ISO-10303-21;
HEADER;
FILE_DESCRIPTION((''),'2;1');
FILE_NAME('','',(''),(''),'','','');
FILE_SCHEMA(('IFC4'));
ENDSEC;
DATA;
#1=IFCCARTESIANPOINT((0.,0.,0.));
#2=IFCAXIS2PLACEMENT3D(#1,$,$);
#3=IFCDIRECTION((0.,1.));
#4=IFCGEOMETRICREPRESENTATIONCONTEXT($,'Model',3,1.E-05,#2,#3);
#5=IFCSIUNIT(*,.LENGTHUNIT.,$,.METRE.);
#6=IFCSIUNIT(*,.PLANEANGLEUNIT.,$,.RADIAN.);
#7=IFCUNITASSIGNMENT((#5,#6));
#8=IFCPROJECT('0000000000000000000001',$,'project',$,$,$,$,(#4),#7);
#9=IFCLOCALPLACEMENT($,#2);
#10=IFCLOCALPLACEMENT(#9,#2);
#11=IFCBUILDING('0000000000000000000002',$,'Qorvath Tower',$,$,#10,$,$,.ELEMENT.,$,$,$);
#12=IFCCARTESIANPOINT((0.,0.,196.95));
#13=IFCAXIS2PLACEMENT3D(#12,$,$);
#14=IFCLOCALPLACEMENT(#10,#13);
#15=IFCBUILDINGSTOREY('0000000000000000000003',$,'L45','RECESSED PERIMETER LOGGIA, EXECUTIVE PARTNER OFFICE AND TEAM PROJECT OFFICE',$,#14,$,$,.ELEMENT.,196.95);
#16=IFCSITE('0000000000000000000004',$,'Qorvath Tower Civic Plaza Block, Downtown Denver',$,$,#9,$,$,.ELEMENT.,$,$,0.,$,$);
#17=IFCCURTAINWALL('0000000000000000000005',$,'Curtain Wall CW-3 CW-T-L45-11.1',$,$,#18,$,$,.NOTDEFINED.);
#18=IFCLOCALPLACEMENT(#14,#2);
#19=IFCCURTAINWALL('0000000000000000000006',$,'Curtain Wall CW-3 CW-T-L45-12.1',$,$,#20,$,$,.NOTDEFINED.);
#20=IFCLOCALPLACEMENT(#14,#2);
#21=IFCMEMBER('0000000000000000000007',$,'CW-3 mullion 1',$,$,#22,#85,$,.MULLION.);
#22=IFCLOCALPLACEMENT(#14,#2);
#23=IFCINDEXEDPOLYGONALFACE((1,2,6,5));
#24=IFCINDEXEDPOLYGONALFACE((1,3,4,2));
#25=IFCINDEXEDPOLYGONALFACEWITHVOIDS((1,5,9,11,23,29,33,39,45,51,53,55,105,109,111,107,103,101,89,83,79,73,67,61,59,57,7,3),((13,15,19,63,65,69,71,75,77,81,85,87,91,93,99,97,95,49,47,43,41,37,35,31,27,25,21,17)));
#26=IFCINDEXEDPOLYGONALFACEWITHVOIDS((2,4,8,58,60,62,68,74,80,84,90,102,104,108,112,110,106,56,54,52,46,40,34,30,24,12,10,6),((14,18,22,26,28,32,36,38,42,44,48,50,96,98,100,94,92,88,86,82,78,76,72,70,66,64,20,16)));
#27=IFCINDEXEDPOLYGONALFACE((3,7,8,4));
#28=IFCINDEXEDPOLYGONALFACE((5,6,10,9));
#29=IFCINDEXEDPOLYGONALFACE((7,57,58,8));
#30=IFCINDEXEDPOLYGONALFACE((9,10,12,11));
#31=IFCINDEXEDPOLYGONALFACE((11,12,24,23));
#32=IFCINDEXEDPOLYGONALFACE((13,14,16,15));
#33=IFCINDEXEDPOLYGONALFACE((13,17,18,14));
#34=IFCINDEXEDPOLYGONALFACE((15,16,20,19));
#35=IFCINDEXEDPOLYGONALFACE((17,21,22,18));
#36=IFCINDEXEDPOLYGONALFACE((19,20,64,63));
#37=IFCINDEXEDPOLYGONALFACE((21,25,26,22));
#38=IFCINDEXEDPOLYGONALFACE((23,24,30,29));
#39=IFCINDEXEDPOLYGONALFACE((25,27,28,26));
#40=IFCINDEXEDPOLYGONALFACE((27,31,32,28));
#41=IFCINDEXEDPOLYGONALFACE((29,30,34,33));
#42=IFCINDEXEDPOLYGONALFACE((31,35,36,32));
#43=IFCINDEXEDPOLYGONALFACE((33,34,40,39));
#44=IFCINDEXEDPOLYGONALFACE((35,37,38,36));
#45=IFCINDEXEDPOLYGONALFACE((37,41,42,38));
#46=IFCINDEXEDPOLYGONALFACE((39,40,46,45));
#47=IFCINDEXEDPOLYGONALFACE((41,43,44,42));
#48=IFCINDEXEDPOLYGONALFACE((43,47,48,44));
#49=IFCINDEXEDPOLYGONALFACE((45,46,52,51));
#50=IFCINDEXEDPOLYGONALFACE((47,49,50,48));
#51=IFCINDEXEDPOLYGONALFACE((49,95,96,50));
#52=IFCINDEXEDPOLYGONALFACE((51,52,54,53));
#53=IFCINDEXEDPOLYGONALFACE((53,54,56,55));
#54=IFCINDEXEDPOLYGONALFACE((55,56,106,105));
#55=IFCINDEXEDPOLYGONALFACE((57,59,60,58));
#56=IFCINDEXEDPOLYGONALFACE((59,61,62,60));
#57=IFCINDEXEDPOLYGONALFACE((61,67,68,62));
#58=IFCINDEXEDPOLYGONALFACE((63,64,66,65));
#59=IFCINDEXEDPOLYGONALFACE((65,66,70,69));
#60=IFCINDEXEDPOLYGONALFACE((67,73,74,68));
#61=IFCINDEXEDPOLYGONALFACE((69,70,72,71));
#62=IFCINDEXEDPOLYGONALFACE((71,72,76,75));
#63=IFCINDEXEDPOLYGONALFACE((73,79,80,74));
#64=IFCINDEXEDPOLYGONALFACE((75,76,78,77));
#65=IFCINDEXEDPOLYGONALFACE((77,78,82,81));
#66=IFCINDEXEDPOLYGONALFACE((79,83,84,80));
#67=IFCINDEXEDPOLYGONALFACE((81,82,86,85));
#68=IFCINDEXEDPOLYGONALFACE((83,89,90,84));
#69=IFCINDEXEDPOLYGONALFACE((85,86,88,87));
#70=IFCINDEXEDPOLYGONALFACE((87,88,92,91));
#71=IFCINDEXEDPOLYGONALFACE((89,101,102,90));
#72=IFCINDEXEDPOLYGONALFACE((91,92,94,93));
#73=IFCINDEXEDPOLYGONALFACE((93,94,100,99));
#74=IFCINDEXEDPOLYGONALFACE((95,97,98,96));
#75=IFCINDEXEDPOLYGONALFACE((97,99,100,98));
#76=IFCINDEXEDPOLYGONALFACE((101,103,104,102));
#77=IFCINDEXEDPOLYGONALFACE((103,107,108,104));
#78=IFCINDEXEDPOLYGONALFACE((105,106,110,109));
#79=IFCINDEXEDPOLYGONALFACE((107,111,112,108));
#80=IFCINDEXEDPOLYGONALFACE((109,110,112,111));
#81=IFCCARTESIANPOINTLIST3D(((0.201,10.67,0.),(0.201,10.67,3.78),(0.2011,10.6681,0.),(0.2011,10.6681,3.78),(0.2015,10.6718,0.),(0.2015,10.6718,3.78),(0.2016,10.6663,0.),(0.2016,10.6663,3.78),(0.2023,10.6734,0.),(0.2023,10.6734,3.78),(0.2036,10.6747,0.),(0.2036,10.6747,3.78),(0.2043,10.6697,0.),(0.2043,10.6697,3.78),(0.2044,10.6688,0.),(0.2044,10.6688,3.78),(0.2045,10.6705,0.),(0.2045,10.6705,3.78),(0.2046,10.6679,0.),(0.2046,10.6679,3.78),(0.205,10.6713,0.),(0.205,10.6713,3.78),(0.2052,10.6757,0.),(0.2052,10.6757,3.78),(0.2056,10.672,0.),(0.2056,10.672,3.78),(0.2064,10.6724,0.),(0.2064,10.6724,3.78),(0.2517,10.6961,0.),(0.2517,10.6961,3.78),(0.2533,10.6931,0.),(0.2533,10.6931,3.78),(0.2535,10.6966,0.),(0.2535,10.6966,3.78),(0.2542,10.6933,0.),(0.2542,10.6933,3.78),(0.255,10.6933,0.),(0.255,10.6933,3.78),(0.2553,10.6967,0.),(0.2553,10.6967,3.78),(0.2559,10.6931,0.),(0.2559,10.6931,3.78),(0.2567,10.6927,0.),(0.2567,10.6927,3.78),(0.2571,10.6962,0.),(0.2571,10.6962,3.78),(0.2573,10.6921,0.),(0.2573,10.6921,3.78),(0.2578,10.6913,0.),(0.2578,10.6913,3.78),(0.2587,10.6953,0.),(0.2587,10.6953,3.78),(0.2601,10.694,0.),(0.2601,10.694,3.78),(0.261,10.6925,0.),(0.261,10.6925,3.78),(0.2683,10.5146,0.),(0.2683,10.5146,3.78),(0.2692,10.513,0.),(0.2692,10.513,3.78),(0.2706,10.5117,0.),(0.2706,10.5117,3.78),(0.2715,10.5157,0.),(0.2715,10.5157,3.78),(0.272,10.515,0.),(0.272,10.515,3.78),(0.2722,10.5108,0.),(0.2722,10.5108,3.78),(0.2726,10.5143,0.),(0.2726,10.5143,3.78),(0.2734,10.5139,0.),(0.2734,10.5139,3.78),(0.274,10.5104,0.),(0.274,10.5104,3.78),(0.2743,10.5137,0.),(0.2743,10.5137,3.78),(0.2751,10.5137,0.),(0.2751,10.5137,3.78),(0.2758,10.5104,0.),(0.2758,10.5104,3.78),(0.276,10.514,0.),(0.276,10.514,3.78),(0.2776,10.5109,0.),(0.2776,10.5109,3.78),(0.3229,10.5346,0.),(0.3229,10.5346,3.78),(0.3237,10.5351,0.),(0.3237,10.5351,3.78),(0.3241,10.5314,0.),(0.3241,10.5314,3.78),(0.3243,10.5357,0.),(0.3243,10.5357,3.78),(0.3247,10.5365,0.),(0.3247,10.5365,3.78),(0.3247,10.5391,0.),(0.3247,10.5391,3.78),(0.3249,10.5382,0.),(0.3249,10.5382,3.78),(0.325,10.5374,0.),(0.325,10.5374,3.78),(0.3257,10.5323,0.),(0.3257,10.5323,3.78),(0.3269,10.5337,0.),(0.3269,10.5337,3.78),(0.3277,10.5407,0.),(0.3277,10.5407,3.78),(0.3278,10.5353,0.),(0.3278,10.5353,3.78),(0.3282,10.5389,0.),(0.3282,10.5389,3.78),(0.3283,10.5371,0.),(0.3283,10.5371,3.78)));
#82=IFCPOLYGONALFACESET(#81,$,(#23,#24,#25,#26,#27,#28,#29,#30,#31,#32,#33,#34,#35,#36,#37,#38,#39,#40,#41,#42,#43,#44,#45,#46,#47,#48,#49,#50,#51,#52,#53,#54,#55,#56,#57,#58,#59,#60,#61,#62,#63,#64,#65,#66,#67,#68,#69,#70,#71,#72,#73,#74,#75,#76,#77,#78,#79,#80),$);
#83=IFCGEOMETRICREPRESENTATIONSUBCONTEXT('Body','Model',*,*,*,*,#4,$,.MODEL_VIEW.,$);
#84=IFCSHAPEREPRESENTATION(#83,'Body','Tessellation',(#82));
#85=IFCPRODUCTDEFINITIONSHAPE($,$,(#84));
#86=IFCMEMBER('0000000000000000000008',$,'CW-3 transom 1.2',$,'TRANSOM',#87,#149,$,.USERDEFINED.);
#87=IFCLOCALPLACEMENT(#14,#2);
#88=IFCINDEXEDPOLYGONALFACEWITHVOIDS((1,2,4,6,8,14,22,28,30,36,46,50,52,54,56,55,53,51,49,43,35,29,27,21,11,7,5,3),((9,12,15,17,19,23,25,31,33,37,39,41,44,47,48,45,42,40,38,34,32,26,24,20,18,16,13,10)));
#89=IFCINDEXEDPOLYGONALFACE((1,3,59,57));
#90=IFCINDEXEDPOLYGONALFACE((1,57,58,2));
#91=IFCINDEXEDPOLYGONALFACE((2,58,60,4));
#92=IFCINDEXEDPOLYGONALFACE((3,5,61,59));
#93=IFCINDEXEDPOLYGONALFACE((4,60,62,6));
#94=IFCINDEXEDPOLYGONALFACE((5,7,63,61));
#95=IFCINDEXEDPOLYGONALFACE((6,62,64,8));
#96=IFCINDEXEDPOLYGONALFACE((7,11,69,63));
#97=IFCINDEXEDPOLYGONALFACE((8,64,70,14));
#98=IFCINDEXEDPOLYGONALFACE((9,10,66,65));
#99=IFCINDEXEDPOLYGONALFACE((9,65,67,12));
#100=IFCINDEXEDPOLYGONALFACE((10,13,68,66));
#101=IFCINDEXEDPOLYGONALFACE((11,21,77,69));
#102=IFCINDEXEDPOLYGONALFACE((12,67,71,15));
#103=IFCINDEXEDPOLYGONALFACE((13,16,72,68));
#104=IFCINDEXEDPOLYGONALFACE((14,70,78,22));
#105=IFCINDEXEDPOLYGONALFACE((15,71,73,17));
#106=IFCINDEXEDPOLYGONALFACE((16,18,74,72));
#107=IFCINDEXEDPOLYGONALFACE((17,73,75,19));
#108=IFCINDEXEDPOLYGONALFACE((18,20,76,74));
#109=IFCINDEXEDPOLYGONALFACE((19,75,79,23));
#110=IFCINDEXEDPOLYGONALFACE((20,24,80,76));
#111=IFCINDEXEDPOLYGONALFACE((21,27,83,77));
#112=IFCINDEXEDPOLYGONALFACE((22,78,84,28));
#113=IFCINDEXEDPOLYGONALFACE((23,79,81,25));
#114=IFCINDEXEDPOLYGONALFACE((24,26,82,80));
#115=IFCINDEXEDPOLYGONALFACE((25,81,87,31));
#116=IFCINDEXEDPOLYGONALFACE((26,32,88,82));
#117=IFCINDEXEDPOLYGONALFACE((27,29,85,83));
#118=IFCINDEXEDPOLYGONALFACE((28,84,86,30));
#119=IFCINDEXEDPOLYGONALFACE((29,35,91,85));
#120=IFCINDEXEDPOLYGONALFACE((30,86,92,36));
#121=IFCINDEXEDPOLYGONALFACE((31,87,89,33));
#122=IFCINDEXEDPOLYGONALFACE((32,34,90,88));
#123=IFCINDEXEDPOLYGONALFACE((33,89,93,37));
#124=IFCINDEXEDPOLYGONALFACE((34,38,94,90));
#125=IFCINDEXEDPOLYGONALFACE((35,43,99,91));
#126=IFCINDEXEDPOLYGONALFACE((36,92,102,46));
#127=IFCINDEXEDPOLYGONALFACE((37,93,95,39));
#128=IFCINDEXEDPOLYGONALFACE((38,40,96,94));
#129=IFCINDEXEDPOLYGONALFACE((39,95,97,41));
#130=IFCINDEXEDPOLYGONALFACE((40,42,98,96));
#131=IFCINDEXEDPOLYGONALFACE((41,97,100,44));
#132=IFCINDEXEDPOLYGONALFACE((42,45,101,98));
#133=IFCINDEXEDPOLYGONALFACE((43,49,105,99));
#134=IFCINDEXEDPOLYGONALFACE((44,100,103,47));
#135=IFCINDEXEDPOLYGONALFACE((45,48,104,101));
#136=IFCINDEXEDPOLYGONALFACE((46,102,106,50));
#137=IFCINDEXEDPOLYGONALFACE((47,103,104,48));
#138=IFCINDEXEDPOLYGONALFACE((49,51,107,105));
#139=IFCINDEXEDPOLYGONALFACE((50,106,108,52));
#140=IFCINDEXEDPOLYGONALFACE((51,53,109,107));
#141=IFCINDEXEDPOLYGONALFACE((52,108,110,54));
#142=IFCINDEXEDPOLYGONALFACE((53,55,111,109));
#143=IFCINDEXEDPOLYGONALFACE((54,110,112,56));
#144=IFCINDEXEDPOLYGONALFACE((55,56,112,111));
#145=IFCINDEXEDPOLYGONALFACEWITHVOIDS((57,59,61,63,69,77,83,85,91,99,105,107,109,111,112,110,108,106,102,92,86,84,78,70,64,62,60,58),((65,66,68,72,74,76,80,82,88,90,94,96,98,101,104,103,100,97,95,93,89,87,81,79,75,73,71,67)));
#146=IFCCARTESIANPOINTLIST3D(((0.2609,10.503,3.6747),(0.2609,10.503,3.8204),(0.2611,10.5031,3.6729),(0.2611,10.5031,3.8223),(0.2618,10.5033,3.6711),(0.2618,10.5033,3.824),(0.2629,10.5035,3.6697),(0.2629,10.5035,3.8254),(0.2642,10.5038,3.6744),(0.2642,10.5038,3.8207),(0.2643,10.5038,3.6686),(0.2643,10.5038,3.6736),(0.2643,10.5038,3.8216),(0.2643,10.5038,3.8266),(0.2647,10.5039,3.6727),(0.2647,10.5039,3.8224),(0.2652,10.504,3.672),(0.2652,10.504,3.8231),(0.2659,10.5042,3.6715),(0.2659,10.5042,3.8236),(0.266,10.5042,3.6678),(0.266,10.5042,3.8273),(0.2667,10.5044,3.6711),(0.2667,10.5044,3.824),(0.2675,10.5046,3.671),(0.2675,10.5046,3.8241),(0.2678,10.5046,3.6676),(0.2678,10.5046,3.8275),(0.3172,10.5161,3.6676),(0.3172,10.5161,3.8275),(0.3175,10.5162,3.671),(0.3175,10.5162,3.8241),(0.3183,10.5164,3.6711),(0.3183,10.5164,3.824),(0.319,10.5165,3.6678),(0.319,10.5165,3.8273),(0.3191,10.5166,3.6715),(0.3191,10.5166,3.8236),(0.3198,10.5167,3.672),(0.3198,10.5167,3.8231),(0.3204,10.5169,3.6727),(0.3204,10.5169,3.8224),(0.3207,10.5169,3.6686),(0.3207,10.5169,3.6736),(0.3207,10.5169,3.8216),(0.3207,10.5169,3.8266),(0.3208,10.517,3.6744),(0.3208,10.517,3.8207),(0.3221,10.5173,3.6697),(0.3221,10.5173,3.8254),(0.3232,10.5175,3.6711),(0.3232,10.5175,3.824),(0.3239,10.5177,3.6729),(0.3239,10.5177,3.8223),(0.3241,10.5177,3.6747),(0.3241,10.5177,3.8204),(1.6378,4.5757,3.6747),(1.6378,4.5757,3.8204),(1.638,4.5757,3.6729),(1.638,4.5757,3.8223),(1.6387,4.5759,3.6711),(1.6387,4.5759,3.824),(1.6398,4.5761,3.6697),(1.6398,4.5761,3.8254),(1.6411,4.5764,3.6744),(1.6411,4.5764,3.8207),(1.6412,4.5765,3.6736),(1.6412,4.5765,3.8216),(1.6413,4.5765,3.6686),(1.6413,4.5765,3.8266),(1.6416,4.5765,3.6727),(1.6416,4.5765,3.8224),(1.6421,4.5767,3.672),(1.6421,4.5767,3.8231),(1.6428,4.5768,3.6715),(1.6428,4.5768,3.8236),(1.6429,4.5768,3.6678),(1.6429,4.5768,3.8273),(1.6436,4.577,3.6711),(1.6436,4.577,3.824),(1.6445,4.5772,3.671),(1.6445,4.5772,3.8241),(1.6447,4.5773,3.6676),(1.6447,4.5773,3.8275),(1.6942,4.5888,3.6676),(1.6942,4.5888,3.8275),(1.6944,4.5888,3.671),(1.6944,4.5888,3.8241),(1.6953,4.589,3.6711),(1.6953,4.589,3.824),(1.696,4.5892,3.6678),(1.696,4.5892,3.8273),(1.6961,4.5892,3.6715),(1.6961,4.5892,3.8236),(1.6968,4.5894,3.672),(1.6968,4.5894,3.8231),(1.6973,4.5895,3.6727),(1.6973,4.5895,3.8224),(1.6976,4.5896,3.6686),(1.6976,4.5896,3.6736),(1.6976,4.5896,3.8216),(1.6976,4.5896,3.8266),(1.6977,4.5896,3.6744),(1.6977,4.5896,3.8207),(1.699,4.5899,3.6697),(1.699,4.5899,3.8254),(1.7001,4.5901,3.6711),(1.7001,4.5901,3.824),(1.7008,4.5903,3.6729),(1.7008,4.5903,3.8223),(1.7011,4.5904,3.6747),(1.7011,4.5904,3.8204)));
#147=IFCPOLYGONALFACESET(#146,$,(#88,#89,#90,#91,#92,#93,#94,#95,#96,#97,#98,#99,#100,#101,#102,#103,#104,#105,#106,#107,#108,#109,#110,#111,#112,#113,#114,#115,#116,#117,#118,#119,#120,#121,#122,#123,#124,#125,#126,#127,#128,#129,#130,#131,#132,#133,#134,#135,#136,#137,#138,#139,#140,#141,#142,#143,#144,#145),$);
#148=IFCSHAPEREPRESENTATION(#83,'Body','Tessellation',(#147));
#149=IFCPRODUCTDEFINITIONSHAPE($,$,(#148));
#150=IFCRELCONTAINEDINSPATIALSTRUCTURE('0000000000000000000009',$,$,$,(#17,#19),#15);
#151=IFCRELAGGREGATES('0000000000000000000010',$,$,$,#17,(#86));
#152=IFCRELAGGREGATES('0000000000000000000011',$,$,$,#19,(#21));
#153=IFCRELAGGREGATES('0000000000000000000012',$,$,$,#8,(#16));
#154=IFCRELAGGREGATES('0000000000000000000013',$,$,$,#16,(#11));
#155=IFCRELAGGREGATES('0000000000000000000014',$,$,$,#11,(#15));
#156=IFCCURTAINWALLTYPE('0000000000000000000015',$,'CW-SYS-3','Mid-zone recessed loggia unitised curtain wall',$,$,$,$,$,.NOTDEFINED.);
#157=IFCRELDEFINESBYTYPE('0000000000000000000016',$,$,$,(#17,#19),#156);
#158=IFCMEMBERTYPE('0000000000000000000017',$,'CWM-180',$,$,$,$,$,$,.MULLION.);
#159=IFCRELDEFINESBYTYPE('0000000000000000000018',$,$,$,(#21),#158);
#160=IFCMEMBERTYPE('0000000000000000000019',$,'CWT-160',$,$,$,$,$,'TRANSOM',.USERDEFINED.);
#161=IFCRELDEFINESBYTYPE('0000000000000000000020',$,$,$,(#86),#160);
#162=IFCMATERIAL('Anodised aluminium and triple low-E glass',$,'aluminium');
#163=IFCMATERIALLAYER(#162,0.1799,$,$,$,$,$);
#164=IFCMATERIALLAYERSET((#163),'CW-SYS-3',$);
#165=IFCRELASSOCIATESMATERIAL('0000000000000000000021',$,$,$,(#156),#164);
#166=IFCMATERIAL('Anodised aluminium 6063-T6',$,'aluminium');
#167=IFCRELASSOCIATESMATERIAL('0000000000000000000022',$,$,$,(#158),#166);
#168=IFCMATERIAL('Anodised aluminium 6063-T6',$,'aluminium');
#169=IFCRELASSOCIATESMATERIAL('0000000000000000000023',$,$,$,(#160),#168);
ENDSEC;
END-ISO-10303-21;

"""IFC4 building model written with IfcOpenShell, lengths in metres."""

from ifc_helpers import new_model, si_unit, direction, frame, origin, origin_2d, place, context, subcontext, project, spatial, hollow_rectangle, extrude, material, layer, layer_set, material_profile, profile_set, type_object, element, aggregate, save


model = new_model("IFC4")

# Units and contexts
model_context = context("Model", 3, precision=1e-05, world=origin(), true_north=direction((0.0, 1.0)))
body_context = subcontext(model_context, "Body", "Model", "MODEL_VIEW")
ifc_project = project(units=[si_unit("LENGTHUNIT", "METRE"), si_unit("PLANEANGLEUNIT", "RADIAN")], contexts=[model_context])

# Site, building, storey
site_placement = place(None, origin())
site = spatial("IfcSite", under=ifc_project, at=site_placement, Name="Qorvath Tower Civic Plaza Block, Downtown Denver", CompositionType="ELEMENT", RefElevation=0.0)
building_placement = place(site_placement, origin())
building = spatial("IfcBuilding", under=site, at=building_placement, Name="Qorvath Tower", CompositionType="ELEMENT")
storey_placement = place(building_placement, frame((0.0, 0.0, 196.95)))
storey = spatial("IfcBuildingStorey", under=building, at=storey_placement, Name="L45", Description="RECESSED PERIMETER LOGGIA, EXECUTIVE PARTNER OFFICE AND TEAM PROJECT OFFICE", CompositionType="ELEMENT", Elevation=196.95)

# Curtain walls, member
ifc_material_1 = material(Name="Anodised aluminium and triple low-E glass", Category="aluminium")
ifc_layer_1 = layer(ifc_material_1, 0.1799)
ifc_layer_set_1 = layer_set([ifc_layer_1], Name="CW-SYS-3")
curtain_wall_type = type_object("IfcCurtainWallType", Name="CW-SYS-3", Description="Mid-zone recessed loggia unitised curtain wall", PredefinedType="NOTDEFINED", material=ifc_layer_set_1)
curtain_wall_1_placement = place(storey_placement, origin())
curtain_wall_1 = element("IfcCurtainWall", 1, at=curtain_wall_1_placement, inside=storey, type_object=curtain_wall_type, Name="Curtain Wall CW-3 CW-T-L45-11.1", PredefinedType="NOTDEFINED")
ifc_material_2 = material(Name="Anodised aluminium 6063-T6", Category="aluminium")
ifc_material_profile_1 = material_profile(ifc_material_2, hollow_rectangle(XDim=0.0649, YDim=0.1799, WallThickness=0.0034, InnerFilletRadius=0.0034, OuterFilletRadius=0.0071, at=origin_2d()), Name="CWM 180x65")
ifc_profile_set_1 = profile_set([ifc_material_profile_1], Name="Anodised aluminium 6063-T6")
member_type_1 = type_object("IfcMemberType", Name="CWM-180", PredefinedType="MULLION", material=ifc_profile_set_1)
curtain_wall_2_placement = place(storey_placement, origin())
curtain_wall_2 = element("IfcCurtainWall", 2, at=curtain_wall_2_placement, inside=storey, type_object=curtain_wall_type, Name="Curtain Wall CW-3 CW-T-L45-12.1", PredefinedType="NOTDEFINED")
member_1_placement = place(storey_placement, frame((0.2646, 10.6035, 0.0), z_axis=(0.0, 0.0, 1.0), x_axis=(-0.915499, -0.402321, 0.0)))
member_1 = element("IfcMember", 3, at=member_1_placement, type_object=member_type_1, Name="CW-3 mullion 1", PredefinedType="MULLION", context=body_context, shape_type="SweptSolid", body=[
    extrude(hollow_rectangle(XDim=0.0649, YDim=0.1799, WallThickness=0.0034, InnerFilletRadius=0.0034, OuterFilletRadius=0.0071, at=origin_2d()), origin(), (0.0, 0.0, 1.0), 3.78),
])

# Member
ifc_material_3 = material(Name="Anodised aluminium 6063-T6", Category="aluminium")
ifc_material_profile_2 = material_profile(ifc_material_3, hollow_rectangle(XDim=0.0649, YDim=0.1599, WallThickness=0.0034, InnerFilletRadius=0.0034, OuterFilletRadius=0.0071, at=origin_2d()), Name="CWT 160x65")
ifc_profile_set_2 = profile_set([ifc_material_profile_2], Name="Anodised aluminium 6063-T6")
member_type_2 = type_object("IfcMemberType", Name="CWT-160", ElementType="TRANSOM", PredefinedType="USERDEFINED", material=ifc_profile_set_2)
member_2_placement = place(storey_placement, frame((1.6694, 4.583, 3.7476), z_axis=(-0.226274, 0.974064, 0.0), x_axis=(-0.974064, -0.226274, 0.0)))
member_2 = element("IfcMember", 4, at=member_2_placement, type_object=member_type_2, Name="CW-3 transom 1.2", ObjectType="TRANSOM", PredefinedType="USERDEFINED", context=body_context, shape_type="SweptSolid", body=[
    extrude(hollow_rectangle(XDim=0.0649, YDim=0.1599, WallThickness=0.0034, InnerFilletRadius=0.0034, OuterFilletRadius=0.0071, at=origin_2d()), origin(), (0.0, 0.0, 1.0), 6.0852),
])

aggregate(curtain_wall_1, [member_2])
aggregate(curtain_wall_2, [member_1])

save(model, "model.ifc")
